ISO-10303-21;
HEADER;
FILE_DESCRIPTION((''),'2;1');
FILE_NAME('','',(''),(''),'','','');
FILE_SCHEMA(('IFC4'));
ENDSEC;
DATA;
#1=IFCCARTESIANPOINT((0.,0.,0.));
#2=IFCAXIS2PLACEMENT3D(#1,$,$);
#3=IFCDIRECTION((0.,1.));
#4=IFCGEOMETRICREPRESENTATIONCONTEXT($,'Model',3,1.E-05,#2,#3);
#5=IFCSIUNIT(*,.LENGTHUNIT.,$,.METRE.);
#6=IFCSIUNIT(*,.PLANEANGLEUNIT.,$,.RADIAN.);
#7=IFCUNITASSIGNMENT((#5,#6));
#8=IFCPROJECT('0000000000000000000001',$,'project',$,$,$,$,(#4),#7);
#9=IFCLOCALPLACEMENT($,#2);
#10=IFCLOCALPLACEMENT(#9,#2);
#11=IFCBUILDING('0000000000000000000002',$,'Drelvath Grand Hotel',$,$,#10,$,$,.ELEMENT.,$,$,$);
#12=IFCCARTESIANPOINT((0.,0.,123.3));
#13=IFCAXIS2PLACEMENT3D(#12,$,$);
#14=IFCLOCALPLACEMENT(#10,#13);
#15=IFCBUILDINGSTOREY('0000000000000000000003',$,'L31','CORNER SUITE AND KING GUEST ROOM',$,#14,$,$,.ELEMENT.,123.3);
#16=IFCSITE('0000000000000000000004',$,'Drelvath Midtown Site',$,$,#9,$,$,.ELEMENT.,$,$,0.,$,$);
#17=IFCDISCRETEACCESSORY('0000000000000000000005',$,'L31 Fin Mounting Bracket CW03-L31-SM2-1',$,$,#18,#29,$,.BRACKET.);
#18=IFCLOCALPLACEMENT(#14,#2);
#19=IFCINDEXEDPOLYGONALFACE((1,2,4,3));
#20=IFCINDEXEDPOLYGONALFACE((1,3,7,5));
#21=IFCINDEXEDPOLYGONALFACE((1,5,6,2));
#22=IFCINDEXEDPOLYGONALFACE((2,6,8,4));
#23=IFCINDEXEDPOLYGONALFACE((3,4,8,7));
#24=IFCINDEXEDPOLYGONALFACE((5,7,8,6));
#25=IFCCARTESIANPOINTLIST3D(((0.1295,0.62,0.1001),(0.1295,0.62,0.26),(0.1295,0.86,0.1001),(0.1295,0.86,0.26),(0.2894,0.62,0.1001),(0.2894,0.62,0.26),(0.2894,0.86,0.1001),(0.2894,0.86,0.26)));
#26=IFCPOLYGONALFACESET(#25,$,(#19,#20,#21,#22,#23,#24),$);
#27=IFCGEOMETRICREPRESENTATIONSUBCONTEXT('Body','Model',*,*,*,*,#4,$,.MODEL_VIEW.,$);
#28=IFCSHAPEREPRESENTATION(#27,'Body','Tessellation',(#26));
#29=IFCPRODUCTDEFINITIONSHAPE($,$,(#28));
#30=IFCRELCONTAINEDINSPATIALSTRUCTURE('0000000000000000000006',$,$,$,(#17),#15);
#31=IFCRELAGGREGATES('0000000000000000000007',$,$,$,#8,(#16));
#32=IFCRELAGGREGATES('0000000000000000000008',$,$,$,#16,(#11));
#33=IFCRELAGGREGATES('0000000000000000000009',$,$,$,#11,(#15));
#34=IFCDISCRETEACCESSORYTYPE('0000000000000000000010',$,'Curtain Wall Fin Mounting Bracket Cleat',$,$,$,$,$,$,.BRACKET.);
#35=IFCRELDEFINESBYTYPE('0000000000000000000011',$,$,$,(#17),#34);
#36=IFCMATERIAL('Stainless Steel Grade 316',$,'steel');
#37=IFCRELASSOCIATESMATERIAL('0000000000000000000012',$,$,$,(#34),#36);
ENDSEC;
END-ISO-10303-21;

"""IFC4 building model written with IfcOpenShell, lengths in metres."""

from ifc_helpers import new_model, si_unit, direction, frame, origin, origin_2d, place, context, subcontext, project, spatial, rectangle, extrude, material, type_object, element, save


model = new_model("IFC4")

# Units and contexts
model_context = context("Model", 3, precision=1e-05, world=origin(), true_north=direction((0.0, 1.0)))
body_context = subcontext(model_context, "Body", "Model", "MODEL_VIEW")
ifc_project = project(units=[si_unit("LENGTHUNIT", "METRE"), si_unit("PLANEANGLEUNIT", "RADIAN")], contexts=[model_context])

# Site, building, storey
site_placement = place(None, origin())
site = spatial("IfcSite", under=ifc_project, at=site_placement, Name="Drelvath Midtown Site", CompositionType="ELEMENT", RefElevation=0.0)
building_placement = place(site_placement, origin())
building = spatial("IfcBuilding", under=site, at=building_placement, Name="Drelvath Grand Hotel", CompositionType="ELEMENT")
storey_placement = place(building_placement, frame((0.0, 0.0, 123.3)))
storey = spatial("IfcBuildingStorey", under=building, at=storey_placement, Name="L31", Description="CORNER SUITE AND KING GUEST ROOM", CompositionType="ELEMENT", Elevation=123.3)

# Discrete accessory
ifc_material_1 = material(Name="Stainless Steel Grade 316", Category="steel")
discrete_accessory_type = type_object("IfcDiscreteAccessoryType", Name="Curtain Wall Fin Mounting Bracket Cleat", PredefinedType="BRACKET", material=ifc_material_1)
discrete_accessory_placement = place(storey_placement, frame((0.2095, 0.74, 0.1001), z_axis=(0.0, 0.0, 1.0), x_axis=(-1.0, 0.0, 0.0)))
element("IfcDiscreteAccessory", 1, at=discrete_accessory_placement, inside=storey, type_object=discrete_accessory_type, Name="L31 Fin Mounting Bracket CW03-L31-SM2-1", PredefinedType="BRACKET", context=body_context, shape_type="SweptSolid", body=[
    extrude(rectangle(XDim=0.1599, YDim=0.24, at=origin_2d()), origin(), (0.0, 0.0, 1.0), 0.1599),
])

save(model, "model.ifc")
